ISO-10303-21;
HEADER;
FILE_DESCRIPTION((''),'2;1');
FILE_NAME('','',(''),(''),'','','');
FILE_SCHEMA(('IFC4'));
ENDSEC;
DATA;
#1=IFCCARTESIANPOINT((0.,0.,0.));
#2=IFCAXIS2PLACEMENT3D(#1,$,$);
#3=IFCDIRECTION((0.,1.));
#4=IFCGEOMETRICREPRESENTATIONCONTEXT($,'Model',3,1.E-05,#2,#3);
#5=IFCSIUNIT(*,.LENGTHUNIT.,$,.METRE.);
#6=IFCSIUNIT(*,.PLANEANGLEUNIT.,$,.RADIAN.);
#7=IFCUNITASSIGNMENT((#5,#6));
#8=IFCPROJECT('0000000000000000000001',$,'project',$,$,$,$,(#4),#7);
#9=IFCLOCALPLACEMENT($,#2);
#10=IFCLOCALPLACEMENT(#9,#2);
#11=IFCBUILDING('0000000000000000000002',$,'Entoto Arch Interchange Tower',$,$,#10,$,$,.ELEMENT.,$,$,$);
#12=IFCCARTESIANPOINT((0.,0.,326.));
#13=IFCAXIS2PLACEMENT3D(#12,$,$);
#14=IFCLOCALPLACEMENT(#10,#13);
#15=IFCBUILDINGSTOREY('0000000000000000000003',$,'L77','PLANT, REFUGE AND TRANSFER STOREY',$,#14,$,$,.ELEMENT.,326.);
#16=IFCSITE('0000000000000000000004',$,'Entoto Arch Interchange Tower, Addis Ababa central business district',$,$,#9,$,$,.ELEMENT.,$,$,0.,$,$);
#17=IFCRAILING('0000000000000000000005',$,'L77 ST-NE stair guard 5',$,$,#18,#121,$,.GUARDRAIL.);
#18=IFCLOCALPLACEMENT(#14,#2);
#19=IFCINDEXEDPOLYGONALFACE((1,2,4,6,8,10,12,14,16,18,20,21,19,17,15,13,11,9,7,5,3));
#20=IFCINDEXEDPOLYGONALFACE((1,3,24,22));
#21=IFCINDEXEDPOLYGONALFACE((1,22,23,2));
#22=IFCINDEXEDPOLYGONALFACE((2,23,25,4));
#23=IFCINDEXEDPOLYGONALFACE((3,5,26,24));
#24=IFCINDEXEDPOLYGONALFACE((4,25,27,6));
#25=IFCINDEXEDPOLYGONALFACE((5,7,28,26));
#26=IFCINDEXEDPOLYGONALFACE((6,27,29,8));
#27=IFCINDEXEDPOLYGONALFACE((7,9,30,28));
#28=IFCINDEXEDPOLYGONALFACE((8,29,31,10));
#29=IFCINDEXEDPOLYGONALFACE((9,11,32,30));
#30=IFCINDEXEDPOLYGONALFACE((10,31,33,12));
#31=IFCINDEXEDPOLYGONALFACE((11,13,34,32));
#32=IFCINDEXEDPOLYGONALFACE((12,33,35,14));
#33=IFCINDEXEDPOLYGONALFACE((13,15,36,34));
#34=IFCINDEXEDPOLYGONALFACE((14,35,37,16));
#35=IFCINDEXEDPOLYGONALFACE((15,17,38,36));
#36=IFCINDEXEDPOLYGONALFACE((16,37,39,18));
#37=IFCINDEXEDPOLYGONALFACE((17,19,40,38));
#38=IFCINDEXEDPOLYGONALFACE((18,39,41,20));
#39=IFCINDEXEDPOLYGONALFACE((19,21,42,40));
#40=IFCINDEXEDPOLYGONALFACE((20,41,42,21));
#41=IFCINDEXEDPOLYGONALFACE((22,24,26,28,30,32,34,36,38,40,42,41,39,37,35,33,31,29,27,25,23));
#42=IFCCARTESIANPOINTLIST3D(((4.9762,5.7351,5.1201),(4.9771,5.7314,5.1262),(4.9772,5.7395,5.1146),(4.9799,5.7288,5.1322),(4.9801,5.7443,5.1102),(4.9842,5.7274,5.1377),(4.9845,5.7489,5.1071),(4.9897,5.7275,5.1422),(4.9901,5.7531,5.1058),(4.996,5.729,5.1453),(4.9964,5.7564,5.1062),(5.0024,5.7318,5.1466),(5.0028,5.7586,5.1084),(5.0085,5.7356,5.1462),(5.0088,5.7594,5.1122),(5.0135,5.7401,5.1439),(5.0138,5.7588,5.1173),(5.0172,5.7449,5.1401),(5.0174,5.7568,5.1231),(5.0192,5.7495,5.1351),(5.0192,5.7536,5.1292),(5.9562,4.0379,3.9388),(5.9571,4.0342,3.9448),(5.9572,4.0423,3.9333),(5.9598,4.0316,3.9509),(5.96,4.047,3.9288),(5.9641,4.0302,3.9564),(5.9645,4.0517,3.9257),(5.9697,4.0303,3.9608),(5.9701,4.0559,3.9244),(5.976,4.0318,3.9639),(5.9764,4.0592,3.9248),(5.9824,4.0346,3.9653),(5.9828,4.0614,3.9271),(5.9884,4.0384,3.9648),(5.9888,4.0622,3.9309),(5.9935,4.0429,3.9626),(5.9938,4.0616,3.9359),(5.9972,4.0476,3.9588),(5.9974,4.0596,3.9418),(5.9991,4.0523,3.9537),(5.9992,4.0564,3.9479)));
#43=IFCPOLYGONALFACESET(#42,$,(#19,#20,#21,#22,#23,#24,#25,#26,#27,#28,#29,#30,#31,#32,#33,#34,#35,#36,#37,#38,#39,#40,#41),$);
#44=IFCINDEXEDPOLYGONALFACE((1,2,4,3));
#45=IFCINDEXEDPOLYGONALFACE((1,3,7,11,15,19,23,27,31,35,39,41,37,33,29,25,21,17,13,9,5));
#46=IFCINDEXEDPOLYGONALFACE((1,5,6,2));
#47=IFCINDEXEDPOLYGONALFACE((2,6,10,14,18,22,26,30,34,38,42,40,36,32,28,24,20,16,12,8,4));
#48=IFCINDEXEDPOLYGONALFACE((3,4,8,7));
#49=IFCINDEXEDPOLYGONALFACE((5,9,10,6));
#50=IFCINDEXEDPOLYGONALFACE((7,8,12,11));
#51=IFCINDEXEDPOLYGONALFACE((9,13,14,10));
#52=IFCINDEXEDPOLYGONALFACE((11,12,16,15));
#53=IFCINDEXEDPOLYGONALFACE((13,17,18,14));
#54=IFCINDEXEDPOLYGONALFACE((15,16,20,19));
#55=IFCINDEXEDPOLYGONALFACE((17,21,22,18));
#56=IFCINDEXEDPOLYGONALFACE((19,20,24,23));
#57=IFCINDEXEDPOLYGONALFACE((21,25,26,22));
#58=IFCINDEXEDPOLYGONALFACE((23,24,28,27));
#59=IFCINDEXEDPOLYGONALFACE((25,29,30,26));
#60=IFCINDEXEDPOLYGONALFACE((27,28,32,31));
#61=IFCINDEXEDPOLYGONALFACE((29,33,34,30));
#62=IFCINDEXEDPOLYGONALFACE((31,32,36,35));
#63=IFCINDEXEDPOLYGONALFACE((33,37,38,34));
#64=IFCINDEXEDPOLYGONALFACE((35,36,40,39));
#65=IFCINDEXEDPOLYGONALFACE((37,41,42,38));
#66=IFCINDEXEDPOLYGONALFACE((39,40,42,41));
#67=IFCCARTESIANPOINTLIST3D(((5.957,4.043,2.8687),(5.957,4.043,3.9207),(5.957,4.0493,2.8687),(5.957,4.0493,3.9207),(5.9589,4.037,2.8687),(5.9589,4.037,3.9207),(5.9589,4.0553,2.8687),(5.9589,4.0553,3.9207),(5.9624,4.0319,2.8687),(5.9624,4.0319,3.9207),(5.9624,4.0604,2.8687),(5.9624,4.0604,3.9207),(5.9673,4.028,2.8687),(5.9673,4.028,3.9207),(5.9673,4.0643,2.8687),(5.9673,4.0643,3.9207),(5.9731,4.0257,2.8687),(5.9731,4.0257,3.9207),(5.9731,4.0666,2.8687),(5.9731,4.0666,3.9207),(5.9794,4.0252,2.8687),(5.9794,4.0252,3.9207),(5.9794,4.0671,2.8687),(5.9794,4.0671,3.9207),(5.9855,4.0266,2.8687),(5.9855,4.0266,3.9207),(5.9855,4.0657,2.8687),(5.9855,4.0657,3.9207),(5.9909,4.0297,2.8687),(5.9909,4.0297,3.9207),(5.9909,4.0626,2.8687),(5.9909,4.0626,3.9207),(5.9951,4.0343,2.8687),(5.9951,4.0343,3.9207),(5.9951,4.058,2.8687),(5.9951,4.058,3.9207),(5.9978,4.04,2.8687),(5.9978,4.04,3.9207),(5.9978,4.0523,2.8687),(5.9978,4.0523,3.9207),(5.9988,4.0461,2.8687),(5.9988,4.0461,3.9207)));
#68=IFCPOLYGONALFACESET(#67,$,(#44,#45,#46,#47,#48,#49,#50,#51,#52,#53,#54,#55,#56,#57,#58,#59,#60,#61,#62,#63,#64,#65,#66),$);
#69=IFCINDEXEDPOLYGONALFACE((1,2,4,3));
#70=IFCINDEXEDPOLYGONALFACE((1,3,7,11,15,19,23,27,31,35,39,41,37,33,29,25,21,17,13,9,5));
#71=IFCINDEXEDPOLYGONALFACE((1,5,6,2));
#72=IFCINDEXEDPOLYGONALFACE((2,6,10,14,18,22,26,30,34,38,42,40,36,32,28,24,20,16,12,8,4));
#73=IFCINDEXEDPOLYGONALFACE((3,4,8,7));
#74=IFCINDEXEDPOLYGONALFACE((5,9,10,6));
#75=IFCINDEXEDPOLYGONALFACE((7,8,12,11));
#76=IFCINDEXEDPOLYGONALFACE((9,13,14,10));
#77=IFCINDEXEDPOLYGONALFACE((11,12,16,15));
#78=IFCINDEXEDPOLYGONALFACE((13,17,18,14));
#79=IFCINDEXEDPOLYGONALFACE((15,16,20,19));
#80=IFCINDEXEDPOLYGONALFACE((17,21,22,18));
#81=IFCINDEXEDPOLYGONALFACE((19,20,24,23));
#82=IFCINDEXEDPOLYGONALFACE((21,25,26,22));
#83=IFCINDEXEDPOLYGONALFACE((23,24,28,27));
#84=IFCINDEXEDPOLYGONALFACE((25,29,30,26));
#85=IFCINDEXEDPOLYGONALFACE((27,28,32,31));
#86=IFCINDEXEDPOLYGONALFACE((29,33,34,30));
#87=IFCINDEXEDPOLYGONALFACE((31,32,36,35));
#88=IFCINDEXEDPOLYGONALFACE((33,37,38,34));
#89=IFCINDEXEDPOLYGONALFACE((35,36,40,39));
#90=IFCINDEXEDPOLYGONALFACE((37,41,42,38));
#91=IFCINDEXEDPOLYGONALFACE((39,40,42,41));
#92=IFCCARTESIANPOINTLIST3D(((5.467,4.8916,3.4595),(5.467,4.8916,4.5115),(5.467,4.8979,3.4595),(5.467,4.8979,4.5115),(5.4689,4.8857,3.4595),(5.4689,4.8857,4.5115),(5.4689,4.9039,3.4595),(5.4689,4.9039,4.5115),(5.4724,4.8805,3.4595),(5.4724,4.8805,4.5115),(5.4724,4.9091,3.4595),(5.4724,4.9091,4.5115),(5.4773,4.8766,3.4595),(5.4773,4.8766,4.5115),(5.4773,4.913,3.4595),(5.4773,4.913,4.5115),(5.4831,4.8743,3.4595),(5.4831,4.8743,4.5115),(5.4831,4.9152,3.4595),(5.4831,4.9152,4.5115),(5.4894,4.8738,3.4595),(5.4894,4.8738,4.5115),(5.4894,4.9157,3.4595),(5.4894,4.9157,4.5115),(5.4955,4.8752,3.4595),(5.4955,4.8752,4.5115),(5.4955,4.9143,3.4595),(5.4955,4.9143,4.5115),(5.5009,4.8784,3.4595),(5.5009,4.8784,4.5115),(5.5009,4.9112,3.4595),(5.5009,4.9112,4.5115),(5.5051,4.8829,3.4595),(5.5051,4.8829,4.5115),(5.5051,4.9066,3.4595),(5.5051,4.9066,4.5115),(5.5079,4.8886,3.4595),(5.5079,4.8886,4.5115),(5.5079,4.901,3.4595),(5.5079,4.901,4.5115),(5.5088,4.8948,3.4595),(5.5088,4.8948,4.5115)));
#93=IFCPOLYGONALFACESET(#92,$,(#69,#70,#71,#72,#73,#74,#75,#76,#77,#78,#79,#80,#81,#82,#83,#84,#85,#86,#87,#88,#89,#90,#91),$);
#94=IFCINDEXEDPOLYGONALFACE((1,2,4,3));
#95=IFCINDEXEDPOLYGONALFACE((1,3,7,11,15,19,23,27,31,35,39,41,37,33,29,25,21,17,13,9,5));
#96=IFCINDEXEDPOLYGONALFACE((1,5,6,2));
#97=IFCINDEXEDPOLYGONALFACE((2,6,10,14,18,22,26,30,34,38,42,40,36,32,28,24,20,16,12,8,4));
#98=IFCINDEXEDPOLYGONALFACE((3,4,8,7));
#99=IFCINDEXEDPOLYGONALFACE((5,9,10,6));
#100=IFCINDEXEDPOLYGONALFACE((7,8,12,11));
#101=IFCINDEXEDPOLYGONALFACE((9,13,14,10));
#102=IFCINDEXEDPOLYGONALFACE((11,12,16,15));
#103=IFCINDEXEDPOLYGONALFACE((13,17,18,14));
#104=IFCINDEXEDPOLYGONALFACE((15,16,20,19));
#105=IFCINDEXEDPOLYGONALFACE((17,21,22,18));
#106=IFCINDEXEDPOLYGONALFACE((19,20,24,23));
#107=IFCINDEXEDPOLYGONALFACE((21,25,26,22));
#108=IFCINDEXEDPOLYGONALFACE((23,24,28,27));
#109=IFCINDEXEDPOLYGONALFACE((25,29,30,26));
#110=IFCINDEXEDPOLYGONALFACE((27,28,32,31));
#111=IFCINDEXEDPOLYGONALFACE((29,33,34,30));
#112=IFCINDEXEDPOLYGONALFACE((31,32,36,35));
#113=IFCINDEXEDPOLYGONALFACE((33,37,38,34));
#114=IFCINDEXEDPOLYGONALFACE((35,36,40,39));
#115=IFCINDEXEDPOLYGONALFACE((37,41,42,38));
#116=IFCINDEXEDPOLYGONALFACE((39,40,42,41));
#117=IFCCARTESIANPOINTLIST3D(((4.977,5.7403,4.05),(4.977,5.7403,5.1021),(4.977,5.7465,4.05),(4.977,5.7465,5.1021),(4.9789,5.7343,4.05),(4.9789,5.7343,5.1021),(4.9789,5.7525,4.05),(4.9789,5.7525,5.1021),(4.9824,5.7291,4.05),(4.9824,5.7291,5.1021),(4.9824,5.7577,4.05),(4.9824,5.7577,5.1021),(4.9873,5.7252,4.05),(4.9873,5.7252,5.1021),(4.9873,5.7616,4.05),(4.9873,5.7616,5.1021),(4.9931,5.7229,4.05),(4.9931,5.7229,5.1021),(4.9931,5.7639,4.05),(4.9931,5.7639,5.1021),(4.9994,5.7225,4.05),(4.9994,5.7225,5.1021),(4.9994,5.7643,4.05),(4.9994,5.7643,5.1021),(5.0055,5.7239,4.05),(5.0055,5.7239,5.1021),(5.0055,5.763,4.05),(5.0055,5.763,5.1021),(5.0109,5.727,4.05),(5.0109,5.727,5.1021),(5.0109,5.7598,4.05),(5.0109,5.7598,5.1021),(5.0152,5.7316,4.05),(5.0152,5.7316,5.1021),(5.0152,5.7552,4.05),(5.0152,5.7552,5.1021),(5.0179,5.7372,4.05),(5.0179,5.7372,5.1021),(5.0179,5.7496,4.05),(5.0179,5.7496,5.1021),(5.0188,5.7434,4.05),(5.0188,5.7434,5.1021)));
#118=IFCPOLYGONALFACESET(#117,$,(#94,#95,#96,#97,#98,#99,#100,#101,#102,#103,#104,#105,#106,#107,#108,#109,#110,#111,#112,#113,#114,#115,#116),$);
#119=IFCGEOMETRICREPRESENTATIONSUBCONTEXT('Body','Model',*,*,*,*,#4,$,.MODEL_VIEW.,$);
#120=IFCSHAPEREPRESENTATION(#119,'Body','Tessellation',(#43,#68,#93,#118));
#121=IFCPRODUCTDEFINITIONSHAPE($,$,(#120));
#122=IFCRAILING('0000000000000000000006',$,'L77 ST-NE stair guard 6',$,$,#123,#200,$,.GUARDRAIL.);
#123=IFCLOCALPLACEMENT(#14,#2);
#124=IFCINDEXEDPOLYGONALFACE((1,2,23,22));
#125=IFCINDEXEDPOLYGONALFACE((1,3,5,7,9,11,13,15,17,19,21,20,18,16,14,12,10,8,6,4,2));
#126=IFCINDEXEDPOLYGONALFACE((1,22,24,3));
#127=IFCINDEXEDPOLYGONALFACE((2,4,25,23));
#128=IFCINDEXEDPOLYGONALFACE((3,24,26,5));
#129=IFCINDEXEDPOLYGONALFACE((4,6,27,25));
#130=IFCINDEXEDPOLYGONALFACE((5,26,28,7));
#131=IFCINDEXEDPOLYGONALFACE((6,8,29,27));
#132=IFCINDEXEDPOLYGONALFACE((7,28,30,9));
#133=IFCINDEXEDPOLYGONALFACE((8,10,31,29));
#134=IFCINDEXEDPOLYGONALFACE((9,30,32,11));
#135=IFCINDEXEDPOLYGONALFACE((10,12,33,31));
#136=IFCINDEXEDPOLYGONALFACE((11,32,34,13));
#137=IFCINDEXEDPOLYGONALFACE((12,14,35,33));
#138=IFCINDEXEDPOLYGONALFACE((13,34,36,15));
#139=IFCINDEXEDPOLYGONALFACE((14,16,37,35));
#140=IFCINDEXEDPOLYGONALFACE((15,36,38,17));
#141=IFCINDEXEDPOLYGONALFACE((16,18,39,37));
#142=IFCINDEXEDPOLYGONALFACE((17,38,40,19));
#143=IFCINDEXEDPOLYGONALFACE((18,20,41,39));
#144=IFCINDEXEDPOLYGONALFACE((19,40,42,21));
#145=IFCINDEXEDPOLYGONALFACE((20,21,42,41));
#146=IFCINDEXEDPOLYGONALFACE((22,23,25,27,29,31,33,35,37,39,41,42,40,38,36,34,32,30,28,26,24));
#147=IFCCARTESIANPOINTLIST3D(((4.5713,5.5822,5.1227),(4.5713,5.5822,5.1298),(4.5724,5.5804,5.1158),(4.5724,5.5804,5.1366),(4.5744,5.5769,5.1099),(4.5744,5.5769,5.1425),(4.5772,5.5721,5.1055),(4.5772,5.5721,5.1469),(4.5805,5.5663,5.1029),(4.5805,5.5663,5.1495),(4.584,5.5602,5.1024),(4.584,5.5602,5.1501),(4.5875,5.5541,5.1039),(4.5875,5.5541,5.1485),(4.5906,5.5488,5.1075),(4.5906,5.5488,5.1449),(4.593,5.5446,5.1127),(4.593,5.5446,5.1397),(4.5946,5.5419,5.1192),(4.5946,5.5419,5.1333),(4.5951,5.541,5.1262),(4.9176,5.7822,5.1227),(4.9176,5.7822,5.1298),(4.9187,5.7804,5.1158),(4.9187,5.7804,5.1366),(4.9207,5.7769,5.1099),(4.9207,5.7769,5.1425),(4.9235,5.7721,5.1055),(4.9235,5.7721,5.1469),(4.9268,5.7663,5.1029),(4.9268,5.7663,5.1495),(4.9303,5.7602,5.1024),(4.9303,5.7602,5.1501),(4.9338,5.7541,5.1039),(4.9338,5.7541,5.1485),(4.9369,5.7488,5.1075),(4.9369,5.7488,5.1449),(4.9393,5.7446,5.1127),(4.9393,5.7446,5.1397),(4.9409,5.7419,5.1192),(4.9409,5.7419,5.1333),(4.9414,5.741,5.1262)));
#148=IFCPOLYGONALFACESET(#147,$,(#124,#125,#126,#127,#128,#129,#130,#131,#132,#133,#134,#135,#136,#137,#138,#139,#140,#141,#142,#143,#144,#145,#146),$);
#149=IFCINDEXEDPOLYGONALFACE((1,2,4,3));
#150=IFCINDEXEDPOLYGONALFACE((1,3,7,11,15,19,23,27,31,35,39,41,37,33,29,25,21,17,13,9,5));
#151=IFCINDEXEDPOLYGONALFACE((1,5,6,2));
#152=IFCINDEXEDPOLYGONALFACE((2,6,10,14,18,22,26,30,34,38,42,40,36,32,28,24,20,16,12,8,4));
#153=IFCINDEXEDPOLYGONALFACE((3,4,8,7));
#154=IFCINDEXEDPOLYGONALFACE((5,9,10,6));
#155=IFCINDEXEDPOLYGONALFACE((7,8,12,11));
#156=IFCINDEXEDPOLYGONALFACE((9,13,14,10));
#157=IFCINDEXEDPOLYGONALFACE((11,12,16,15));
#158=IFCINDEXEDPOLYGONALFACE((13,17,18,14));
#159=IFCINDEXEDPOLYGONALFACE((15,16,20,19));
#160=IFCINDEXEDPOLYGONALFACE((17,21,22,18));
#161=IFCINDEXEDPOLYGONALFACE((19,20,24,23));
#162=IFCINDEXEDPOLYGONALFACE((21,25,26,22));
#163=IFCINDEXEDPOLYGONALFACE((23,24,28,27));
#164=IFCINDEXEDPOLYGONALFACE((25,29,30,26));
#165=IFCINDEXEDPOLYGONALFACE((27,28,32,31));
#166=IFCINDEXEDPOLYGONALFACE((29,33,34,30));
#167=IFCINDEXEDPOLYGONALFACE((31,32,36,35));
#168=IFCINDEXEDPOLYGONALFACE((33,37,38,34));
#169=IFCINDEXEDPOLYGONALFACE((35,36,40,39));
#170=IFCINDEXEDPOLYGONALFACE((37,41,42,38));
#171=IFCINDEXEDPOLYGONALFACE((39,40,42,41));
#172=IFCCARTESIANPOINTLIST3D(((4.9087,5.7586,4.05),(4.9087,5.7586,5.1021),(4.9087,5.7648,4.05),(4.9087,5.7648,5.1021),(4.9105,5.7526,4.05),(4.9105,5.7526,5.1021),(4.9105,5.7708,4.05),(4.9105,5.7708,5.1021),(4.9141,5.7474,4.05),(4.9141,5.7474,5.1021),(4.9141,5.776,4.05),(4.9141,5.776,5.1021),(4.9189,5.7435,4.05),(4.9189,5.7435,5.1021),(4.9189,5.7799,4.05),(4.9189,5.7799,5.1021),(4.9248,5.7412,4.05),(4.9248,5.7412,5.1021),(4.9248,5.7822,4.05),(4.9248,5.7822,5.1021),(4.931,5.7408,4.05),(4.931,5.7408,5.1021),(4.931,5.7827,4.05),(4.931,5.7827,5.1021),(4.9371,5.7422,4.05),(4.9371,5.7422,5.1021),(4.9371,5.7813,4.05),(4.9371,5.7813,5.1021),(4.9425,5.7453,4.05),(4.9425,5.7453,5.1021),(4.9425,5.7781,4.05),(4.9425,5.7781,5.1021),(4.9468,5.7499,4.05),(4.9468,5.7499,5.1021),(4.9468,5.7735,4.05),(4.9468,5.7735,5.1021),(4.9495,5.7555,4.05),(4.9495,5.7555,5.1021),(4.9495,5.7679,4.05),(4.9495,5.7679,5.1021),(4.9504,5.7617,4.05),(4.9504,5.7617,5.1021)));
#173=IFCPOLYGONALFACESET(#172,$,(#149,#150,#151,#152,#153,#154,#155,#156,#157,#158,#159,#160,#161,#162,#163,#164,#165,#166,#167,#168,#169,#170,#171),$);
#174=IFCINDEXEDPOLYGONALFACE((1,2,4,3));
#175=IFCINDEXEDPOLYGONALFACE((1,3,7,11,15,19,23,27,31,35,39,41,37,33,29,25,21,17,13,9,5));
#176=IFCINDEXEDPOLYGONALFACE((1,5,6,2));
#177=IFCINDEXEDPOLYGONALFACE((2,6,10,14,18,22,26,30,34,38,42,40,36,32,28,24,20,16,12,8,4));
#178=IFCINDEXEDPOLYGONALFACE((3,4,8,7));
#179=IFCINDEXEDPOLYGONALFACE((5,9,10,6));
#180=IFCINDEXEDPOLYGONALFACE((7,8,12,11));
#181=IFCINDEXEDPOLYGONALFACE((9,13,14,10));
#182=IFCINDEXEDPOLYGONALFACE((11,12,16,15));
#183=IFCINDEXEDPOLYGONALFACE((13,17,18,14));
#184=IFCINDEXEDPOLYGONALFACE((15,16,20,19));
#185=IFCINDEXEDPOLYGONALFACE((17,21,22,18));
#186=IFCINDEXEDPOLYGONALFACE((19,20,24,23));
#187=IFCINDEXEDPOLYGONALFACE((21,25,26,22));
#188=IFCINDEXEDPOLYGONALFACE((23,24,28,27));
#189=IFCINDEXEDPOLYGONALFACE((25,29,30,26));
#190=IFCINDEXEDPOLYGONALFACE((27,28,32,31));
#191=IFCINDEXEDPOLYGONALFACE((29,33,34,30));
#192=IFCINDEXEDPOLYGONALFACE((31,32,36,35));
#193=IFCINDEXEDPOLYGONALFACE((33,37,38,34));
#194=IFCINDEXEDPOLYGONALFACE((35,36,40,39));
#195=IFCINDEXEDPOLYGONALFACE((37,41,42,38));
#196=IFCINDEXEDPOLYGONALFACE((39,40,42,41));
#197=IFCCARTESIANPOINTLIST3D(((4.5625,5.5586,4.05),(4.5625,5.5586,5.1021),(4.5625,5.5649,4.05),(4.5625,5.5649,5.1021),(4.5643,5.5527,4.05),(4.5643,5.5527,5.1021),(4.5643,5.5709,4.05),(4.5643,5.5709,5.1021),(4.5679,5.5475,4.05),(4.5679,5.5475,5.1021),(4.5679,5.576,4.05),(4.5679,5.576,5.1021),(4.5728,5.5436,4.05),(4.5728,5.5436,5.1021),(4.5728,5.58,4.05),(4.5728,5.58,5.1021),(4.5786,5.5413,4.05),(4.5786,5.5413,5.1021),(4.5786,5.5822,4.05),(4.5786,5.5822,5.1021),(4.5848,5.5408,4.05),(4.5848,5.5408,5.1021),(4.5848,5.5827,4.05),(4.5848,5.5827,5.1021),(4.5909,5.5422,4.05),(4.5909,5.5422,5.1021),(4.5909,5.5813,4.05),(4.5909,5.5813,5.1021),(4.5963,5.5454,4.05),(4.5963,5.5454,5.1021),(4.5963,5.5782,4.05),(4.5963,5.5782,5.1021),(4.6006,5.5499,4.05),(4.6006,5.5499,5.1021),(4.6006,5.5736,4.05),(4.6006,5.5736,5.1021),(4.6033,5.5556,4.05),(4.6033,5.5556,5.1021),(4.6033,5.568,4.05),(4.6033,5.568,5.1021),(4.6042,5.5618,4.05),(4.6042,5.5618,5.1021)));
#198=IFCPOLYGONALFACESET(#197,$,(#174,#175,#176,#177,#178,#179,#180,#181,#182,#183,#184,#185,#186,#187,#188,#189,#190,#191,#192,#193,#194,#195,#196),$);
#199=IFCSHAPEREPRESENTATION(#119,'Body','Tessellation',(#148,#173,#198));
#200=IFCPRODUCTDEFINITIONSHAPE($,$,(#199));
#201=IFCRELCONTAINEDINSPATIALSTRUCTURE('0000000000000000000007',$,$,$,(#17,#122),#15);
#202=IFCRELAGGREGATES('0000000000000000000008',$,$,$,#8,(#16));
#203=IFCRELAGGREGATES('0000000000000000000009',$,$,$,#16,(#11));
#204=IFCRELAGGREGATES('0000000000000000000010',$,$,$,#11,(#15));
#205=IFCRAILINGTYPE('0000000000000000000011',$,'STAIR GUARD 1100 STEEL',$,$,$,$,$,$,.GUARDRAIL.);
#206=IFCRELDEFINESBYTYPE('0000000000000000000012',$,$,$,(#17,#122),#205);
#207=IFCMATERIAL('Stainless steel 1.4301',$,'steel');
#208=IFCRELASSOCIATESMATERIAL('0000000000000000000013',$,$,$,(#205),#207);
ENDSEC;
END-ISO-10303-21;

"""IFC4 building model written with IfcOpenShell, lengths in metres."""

from ifc_helpers import new_model, si_unit, direction, frame, origin, origin_2d, place, context, subcontext, project, spatial, circle, extrude, material, type_object, element, save


model = new_model("IFC4")

# Units and contexts
model_context = context("Model", 3, precision=1e-05, world=origin(), true_north=direction((0.0, 1.0)))
body_context = subcontext(model_context, "Body", "Model", "MODEL_VIEW")
ifc_project = project(units=[si_unit("LENGTHUNIT", "METRE"), si_unit("PLANEANGLEUNIT", "RADIAN")], contexts=[model_context])

# Site, building, storey
site_placement = place(None, origin())
site = spatial("IfcSite", under=ifc_project, at=site_placement, Name="Entoto Arch Interchange Tower, Addis Ababa central business district", CompositionType="ELEMENT", RefElevation=0.0)
building_placement = place(site_placement, origin())
building = spatial("IfcBuilding", under=site, at=building_placement, Name="Entoto Arch Interchange Tower", CompositionType="ELEMENT")
storey_placement = place(building_placement, frame((0.0, 0.0, 326.0)))
storey = spatial("IfcBuildingStorey", under=building, at=storey_placement, Name="L77", Description="PLANT, REFUGE AND TRANSFER STOREY", CompositionType="ELEMENT", Elevation=326.0)

# Railings
ifc_material_1 = material(Name="Stainless steel 1.4301", Category="steel")
railing_type_1 = type_object("IfcRailingType", Name="STAIR GUARD 1100 STEEL", PredefinedType="GUARDRAIL", material=ifc_material_1)
railing_1_placement = place(storey_placement, frame((5.9778, 4.0461, 2.8687)))
element("IfcRailing", 1, at=railing_1_placement, inside=storey, type_object=railing_type_1, Name="L77 ST-NE stair guard 5", PredefinedType="GUARDRAIL", context=body_context, shape_type="SweptSolid", body=[
    extrude(circle(Radius=0.0239, at=origin_2d()), frame((0.0, 0.0, 1.0762), z_axis=(-0.428238, 0.741683, 0.516255), x_axis=(-0.866011, -0.500024, 0.0)), (0.0, 0.0, 1.0), 2.2883),
    extrude(circle(Radius=0.021, at=origin_2d()), origin(), (0.0, 0.0, 1.0), 1.052),
    extrude(circle(Radius=0.021, at=origin_2d()), frame((-0.49, 0.8486, 0.5908)), (0.0, 0.0, 1.0), 1.052),
    extrude(circle(Radius=0.021, at=origin_2d()), frame((-0.98, 1.6973, 1.1814)), (0.0, 0.0, 1.0), 1.052),
])
railing_2_placement = place(storey_placement, frame((4.9294, 5.7617, 4.05)))
element("IfcRailing", 2, at=railing_2_placement, inside=storey, type_object=railing_type_1, Name="L77 ST-NE stair guard 6", PredefinedType="GUARDRAIL", context=body_context, shape_type="SweptSolid", body=[
    extrude(circle(Radius=0.0239, at=origin_2d()), frame((0.0, 0.0, 1.0762), z_axis=(-0.865941, -0.500145, 0.0), x_axis=(0.500145, -0.865941, 0.0)), (0.0, 0.0, 1.0), 0.3999),
    extrude(circle(Radius=0.021, at=origin_2d()), origin(), (0.0, 0.0, 1.0), 1.052),
    extrude(circle(Radius=0.021, at=origin_2d()), frame((-0.3462, -0.2, 0.0)), (0.0, 0.0, 1.0), 1.052),
])

save(model, "model.ifc")
